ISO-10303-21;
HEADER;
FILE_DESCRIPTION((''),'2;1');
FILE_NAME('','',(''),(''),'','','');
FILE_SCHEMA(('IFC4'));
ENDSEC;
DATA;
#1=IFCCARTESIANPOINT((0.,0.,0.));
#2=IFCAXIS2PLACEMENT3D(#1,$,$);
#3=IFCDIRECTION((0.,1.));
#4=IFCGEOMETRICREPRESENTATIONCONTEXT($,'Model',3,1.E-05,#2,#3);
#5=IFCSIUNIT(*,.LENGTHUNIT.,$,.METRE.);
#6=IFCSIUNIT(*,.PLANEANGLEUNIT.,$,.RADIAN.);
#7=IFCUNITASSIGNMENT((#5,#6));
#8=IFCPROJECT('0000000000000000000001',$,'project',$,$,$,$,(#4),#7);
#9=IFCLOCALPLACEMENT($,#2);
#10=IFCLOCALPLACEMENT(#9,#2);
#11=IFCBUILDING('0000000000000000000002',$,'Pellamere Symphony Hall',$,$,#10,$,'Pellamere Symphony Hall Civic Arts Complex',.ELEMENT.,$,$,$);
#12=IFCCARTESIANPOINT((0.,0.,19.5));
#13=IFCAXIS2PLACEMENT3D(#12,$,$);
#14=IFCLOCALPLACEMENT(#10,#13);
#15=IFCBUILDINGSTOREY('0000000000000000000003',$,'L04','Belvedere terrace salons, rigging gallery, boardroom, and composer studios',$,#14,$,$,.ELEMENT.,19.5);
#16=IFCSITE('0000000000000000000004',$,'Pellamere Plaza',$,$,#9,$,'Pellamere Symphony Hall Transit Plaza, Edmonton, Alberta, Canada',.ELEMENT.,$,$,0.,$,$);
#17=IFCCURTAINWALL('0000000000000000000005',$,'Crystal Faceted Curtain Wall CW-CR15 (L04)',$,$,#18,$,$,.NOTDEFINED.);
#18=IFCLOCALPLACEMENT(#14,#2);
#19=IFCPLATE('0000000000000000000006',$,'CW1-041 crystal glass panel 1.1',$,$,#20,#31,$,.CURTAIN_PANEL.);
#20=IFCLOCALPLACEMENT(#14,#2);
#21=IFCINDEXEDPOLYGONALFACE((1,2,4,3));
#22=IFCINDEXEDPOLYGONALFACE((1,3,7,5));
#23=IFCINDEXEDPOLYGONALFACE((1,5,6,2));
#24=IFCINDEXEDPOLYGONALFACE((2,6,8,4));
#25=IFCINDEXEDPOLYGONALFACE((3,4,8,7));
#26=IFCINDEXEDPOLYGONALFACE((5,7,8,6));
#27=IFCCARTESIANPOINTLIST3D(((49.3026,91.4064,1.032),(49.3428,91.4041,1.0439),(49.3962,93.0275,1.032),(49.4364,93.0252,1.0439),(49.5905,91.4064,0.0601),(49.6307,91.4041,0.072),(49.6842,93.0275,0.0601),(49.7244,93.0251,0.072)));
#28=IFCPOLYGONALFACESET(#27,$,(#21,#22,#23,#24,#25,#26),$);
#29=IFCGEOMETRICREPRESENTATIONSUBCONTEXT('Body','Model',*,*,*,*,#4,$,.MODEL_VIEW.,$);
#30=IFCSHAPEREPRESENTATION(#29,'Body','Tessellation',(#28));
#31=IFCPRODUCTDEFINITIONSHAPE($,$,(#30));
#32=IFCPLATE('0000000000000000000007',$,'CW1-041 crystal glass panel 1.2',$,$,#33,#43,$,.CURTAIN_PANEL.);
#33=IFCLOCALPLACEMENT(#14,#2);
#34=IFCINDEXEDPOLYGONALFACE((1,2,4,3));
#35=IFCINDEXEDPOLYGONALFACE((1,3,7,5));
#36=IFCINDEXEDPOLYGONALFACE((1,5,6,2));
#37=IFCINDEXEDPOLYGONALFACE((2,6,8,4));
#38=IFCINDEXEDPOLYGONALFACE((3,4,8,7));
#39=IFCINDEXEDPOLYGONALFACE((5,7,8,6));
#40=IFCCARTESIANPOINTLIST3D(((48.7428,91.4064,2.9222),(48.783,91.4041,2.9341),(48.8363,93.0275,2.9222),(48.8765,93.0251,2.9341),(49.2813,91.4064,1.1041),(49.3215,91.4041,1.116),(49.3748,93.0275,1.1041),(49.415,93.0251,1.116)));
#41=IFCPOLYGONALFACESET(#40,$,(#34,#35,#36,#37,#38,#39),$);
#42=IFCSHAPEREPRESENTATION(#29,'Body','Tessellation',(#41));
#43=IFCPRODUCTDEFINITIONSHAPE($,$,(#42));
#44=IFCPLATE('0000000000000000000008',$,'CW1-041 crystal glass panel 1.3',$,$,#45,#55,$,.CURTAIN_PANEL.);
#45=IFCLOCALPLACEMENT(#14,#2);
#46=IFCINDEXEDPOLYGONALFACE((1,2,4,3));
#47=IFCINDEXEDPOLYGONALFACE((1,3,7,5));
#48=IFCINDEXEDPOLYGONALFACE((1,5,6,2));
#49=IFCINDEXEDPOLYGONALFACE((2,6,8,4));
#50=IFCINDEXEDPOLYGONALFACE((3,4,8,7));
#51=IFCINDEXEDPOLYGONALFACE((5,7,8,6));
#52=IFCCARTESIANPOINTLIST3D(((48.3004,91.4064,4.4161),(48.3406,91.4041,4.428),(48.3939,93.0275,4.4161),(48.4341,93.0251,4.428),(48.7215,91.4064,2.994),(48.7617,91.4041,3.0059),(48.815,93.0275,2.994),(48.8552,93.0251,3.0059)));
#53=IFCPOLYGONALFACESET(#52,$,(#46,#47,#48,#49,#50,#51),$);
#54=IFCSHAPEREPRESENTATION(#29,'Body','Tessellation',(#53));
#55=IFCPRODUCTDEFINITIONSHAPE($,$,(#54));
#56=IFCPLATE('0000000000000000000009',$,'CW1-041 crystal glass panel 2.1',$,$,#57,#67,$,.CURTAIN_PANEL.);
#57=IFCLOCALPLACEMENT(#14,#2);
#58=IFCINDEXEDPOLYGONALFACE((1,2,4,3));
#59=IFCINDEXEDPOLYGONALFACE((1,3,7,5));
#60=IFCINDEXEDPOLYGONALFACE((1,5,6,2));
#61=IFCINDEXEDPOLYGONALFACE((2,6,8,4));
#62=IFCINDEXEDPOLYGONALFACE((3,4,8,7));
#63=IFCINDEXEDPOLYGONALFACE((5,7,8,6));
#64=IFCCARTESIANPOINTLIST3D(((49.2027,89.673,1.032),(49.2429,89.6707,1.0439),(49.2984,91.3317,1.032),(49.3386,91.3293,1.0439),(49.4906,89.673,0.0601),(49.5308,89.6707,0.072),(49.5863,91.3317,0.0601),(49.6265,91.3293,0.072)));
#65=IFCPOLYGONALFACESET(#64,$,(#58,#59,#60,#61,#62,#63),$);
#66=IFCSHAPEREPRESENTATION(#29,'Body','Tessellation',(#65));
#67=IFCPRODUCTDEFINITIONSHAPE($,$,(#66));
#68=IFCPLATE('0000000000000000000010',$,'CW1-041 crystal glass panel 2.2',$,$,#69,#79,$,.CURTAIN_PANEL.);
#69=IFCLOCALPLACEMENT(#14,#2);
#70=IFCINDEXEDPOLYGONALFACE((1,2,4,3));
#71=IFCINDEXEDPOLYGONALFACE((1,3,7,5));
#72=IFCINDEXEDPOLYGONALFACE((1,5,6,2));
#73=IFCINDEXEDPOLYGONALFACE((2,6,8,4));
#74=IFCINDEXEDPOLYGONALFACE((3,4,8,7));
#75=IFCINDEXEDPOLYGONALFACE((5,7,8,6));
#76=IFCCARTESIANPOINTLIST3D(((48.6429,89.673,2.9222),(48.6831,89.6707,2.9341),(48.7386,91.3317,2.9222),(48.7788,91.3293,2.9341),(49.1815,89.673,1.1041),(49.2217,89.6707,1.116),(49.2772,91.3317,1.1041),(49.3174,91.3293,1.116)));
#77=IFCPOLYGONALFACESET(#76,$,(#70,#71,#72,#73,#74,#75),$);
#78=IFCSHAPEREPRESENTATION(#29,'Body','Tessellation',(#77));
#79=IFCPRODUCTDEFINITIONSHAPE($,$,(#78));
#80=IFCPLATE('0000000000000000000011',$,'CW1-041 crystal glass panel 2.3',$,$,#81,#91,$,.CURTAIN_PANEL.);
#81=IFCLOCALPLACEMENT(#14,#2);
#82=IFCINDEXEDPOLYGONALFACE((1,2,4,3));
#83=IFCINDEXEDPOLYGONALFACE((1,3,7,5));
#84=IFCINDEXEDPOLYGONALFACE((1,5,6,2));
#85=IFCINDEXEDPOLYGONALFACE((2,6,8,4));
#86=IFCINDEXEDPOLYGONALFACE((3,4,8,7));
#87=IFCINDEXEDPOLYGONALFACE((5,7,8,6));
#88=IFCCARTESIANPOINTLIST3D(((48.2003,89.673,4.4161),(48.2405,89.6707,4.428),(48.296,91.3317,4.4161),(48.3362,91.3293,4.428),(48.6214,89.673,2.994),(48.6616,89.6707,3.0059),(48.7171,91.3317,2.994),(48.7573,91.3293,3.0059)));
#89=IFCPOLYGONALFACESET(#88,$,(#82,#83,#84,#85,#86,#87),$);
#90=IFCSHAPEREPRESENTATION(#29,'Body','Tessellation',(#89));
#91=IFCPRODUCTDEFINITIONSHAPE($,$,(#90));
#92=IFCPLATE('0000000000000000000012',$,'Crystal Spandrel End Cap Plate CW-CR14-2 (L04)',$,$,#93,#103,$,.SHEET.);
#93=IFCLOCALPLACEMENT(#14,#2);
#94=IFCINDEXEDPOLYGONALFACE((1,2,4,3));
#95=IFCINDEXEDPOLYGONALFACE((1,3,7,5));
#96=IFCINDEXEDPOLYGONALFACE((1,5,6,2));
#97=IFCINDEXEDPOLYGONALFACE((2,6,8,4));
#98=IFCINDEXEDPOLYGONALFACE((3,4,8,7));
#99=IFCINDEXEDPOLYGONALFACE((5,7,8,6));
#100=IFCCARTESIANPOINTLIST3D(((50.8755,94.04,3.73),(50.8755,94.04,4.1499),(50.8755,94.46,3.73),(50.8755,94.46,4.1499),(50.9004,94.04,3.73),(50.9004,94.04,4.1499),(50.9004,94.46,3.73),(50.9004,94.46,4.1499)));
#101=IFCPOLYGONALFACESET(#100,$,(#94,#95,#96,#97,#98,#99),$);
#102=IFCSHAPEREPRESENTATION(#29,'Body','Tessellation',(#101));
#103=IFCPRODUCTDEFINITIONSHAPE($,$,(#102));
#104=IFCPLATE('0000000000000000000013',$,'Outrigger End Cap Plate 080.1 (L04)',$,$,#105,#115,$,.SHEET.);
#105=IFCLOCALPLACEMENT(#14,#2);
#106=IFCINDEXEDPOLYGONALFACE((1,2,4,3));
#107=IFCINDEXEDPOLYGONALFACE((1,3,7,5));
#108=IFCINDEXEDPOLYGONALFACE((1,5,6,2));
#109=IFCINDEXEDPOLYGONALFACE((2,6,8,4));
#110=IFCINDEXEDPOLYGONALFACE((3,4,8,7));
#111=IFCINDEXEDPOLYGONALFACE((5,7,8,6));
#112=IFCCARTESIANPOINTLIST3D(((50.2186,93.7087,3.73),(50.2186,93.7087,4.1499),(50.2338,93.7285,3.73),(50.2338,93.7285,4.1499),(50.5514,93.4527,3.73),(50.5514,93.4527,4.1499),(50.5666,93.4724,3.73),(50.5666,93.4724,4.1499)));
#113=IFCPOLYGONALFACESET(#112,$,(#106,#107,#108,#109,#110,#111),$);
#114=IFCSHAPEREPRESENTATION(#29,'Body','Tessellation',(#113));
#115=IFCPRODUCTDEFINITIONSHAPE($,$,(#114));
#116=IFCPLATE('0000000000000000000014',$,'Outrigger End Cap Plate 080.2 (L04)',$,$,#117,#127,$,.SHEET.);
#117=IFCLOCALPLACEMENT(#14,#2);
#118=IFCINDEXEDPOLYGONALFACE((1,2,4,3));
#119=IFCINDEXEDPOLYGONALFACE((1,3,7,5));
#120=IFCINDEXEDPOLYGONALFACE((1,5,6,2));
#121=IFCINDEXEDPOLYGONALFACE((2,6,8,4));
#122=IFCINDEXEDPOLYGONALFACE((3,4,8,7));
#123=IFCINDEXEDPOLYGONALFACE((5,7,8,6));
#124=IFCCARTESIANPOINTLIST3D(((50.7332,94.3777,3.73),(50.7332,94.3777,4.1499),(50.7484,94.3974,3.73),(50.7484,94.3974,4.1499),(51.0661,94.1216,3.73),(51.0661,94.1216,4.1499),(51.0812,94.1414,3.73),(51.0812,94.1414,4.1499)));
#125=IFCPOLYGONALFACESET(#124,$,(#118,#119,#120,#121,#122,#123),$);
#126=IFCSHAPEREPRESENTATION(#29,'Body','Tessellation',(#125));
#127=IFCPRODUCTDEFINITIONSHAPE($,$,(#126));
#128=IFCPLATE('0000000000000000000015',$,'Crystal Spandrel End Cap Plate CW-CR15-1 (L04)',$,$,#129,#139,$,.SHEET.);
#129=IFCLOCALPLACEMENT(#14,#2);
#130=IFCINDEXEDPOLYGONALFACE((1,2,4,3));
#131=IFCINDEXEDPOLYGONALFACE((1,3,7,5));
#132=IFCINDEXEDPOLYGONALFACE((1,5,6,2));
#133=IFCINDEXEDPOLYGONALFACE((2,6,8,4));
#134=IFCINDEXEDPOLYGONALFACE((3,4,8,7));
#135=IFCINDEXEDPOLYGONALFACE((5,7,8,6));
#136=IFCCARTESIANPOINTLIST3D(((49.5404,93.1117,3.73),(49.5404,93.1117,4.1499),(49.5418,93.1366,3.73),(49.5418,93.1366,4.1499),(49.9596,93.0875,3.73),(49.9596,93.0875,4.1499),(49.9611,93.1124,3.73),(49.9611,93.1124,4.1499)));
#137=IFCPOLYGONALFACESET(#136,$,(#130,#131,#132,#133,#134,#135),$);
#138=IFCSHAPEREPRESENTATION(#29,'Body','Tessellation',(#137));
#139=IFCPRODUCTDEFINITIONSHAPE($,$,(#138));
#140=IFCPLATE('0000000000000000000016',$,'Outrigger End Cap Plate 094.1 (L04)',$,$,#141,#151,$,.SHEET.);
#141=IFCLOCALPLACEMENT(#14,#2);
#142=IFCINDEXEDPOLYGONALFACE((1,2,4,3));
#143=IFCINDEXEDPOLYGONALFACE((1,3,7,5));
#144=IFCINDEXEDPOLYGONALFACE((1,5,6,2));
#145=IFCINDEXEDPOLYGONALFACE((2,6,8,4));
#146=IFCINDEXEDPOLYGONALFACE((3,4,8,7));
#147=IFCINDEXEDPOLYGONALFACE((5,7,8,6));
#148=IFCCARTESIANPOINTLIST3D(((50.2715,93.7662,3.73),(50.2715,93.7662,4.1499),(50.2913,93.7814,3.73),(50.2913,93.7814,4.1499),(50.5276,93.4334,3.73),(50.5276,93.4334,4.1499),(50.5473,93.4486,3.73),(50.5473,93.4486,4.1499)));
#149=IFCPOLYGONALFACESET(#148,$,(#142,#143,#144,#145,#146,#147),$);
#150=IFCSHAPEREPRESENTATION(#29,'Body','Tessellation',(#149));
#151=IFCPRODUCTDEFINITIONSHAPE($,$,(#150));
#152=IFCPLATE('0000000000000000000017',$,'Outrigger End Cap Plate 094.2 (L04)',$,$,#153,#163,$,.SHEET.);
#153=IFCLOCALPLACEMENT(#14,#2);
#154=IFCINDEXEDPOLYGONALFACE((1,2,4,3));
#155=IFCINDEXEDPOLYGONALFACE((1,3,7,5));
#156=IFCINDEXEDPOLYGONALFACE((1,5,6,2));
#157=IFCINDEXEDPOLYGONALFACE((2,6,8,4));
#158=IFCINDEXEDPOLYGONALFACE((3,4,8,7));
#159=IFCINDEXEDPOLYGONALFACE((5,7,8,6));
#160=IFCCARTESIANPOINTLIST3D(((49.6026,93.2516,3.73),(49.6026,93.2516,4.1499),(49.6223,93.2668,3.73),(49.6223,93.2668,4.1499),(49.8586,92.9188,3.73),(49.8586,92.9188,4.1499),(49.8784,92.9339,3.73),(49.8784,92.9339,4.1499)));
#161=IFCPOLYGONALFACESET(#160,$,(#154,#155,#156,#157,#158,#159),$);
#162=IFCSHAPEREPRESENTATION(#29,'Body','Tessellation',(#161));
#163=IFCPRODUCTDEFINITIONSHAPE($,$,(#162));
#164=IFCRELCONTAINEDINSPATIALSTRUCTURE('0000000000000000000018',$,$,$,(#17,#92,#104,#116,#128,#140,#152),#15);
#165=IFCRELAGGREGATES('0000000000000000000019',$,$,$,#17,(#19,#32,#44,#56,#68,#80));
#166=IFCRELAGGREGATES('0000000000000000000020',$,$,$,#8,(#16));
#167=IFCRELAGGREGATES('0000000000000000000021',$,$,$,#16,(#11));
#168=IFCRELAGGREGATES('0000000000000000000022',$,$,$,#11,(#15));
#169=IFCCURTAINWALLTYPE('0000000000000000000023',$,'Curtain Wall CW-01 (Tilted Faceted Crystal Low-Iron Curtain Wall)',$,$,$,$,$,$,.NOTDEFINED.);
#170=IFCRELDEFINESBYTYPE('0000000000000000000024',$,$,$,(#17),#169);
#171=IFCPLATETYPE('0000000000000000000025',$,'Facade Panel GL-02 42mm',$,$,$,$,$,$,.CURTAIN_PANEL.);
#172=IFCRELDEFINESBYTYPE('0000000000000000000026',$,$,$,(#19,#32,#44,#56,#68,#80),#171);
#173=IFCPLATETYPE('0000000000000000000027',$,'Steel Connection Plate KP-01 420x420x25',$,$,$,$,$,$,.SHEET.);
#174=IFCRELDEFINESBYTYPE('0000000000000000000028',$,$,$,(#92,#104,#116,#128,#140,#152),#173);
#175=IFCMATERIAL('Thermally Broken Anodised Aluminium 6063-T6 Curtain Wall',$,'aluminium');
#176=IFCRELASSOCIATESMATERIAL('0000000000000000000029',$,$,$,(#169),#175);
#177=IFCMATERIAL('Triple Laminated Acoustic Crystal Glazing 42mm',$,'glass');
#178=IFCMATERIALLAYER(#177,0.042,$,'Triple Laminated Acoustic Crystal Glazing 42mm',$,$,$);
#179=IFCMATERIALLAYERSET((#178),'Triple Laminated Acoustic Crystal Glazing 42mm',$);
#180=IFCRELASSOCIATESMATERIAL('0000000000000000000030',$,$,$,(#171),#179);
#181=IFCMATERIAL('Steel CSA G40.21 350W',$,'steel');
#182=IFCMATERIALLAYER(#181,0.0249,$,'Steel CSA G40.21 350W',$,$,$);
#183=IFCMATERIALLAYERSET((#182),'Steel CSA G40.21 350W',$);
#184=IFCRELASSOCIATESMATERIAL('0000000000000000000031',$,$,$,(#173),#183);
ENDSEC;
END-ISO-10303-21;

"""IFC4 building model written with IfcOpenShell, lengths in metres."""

from ifc_helpers import new_model, si_unit, direction, frame, origin, origin_2d, place, context, subcontext, project, spatial, polyline, rectangle, outline, extrude, material, layer, layer_set, type_object, element, aggregate, save


model = new_model("IFC4")

# Units and contexts
model_context = context("Model", 3, precision=1e-05, world=origin(), true_north=direction((0.0, 1.0)))
body_context = subcontext(model_context, "Body", "Model", "MODEL_VIEW")
ifc_project = project(units=[si_unit("LENGTHUNIT", "METRE"), si_unit("PLANEANGLEUNIT", "RADIAN")], contexts=[model_context])

# Site, building, storey
site_placement = place(None, origin())
site = spatial("IfcSite", under=ifc_project, at=site_placement, Name="Pellamere Plaza", LongName="Pellamere Symphony Hall Transit Plaza, Edmonton, Alberta, Canada", CompositionType="ELEMENT", RefElevation=0.0)
building_placement = place(site_placement, origin())
building = spatial("IfcBuilding", under=site, at=building_placement, Name="Pellamere Symphony Hall", LongName="Pellamere Symphony Hall Civic Arts Complex", CompositionType="ELEMENT")
storey_placement = place(building_placement, frame((0.0, 0.0, 19.5)))
storey = spatial("IfcBuildingStorey", under=building, at=storey_placement, Name="L04", Description="Belvedere terrace salons, rigging gallery, boardroom, and composer studios", CompositionType="ELEMENT", Elevation=19.5)

# Shared definitions
ifc_material_1 = material(Name="Thermally Broken Anodised Aluminium 6063-T6 Curtain Wall", Category="aluminium")
curtain_wall_type = type_object("IfcCurtainWallType", Name="Curtain Wall CW-01 (Tilted Faceted Crystal Low-Iron Curtain Wall)", PredefinedType="NOTDEFINED", material=ifc_material_1)

# Curtain wall
curtain_wall_1_placement = place(storey_placement, origin())
curtain_wall_1 = element("IfcCurtainWall", 1, at=curtain_wall_1_placement, inside=storey, type_object=curtain_wall_type, Name="Crystal Faceted Curtain Wall CW-CR15 (L04)", PredefinedType="NOTDEFINED")

# Shared definitions
ifc_material_2 = material(Name="Steel CSA G40.21 350W", Category="steel")

# Plates
ifc_material_3 = material(Name="Triple Laminated Acoustic Crystal Glazing 42mm", Category="glass")
ifc_layer_1 = layer(ifc_material_3, 0.042, Name="Triple Laminated Acoustic Crystal Glazing 42mm")
ifc_layer_set_1 = layer_set([ifc_layer_1], Name="Triple Laminated Acoustic Crystal Glazing 42mm")
plate_type_1 = type_object("IfcPlateType", Name="Facade Panel GL-02 42mm", PredefinedType="CURTAIN_PANEL", material=ifc_layer_set_1)
plate_1_placement = place(storey_placement, frame((49.7244, 93.0251, 0.072), z_axis=(0.957335, -0.055292, 0.283641), x_axis=(-0.057654, -0.998337, -0.00002)))
plate_1 = element("IfcPlate", 2, at=plate_1_placement, type_object=plate_type_1, Name="CW1-041 crystal glass panel 1.1", PredefinedType="CURTAIN_PANEL", context=body_context, shape_type="SweptSolid", body=[
    extrude(outline(polyline([(0.0, 0.0), (1.6238, 0.0), (1.6404, -1.0136), (0.0166, -1.0135), (0.0, 0.0)])), origin(), (0.0, 0.0, -1.0), 0.042),
])
plate_2_placement = place(storey_placement, frame((49.415, 93.0251, 1.116), z_axis=(0.957353, -0.055221, 0.283594), x_axis=(-0.057585, -0.998341, 0.0)))
plate_2 = element("IfcPlate", 3, at=plate_2_placement, type_object=plate_type_1, Name="CW1-041 crystal glass panel 1.2", PredefinedType="CURTAIN_PANEL", context=body_context, shape_type="SweptSolid", body=[
    extrude(outline(polyline([(0.0, 0.0), (1.6238, 0.0), (1.6548, -1.896), (0.031, -1.896), (0.0, 0.0)])), origin(), (0.0, 0.0, -1.0), 0.042),
])
plate_3_placement = place(storey_placement, frame((48.8552, 93.0251, 3.0059), z_axis=(0.957377, -0.055222, 0.283515), x_axis=(-0.057585, -0.998341, 0.0)))
plate_3 = element("IfcPlate", 4, at=plate_3_placement, type_object=plate_type_1, Name="CW1-041 crystal glass panel 1.3", PredefinedType="CURTAIN_PANEL", context=body_context, shape_type="SweptSolid", body=[
    extrude(outline(polyline([(0.0, 0.0), (1.6238, 0.0), (1.648, -1.483), (0.0243, -1.483), (0.0, 0.0)])), origin(), (0.0, 0.0, -1.0), 0.042),
])
plate_4_placement = place(storey_placement, frame((49.6265, 91.3293, 0.072), z_axis=(0.957371, -0.055238, 0.283532), x_axis=(-0.057602, -0.99834, 0.0)))
plate_4 = element("IfcPlate", 5, at=plate_4_placement, type_object=plate_type_1, Name="CW1-041 crystal glass panel 2.1", PredefinedType="CURTAIN_PANEL", context=body_context, shape_type="SweptSolid", body=[
    extrude(outline(polyline([(0.0, 0.0), (1.6615, 0.0), (1.678, -1.0135), (0.0166, -1.0135), (0.0, 0.0)])), origin(), (0.0, 0.0, -1.0), 0.042),
])
plate_5_placement = place(storey_placement, frame((49.3174, 91.3293, 1.116), z_axis=(0.957352, -0.055237, 0.283593), x_axis=(-0.057602, -0.99834, 0.0)))
plate_5 = element("IfcPlate", 6, at=plate_5_placement, type_object=plate_type_1, Name="CW1-041 crystal glass panel 2.2", PredefinedType="CURTAIN_PANEL", context=body_context, shape_type="SweptSolid", body=[
    extrude(outline(polyline([(0.0, 0.0), (1.6615, 0.0), (1.6925, -1.896), (0.031, -1.896), (0.0, 0.0)])), origin(), (0.0, 0.0, -1.0), 0.042),
])
plate_6_placement = place(storey_placement, frame((48.7573, 91.3293, 3.0059), z_axis=(0.957376, -0.055239, 0.283515), x_axis=(-0.057602, -0.99834, 0.0)))
plate_6 = element("IfcPlate", 7, at=plate_6_placement, type_object=plate_type_1, Name="CW1-041 crystal glass panel 2.3", PredefinedType="CURTAIN_PANEL", context=body_context, shape_type="SweptSolid", body=[
    extrude(outline(polyline([(0.0, 0.0), (1.6615, 0.0), (1.6857, -1.483), (0.0243, -1.483), (0.0, 0.0)])), origin(), (0.0, 0.0, -1.0), 0.042),
])
aggregate(curtain_wall_1, [plate_1, plate_2, plate_3, plate_4, plate_5, plate_6])

# Plates
ifc_layer_2 = layer(ifc_material_2, 0.0249, Name="Steel CSA G40.21 350W")
ifc_layer_set_2 = layer_set([ifc_layer_2], Name="Steel CSA G40.21 350W")
plate_type_2 = type_object("IfcPlateType", Name="Steel Connection Plate KP-01 420x420x25", PredefinedType="SHEET", material=ifc_layer_set_2)
for number, where, z_axis, x_axis, name in (
    (8, (50.8879, 94.25, 3.73), (0.0, 0.0, 1.0), (-1.0, 0.0, 0.0), "Crystal Spandrel End Cap Plate CW-CR14-2 (L04)"),
    (9, (50.3926, 93.5906, 3.73), (0.0, 0.0, 1.0), (0.60973, 0.792609, 0.0), "Outrigger End Cap Plate 080.1 (L04)"),
    (10, (50.9072, 94.2595, 3.73), (0.0, 0.0, 1.0), (0.60973, 0.792609, 0.0), "Outrigger End Cap Plate 080.2 (L04)"),
    (11, (49.7507, 93.1121, 3.73), (0.0, 0.0, 1.0), (-0.057564, -0.998342, 0.0), "Crystal Spandrel End Cap Plate CW-CR15-1 (L04)"),
    (12, (50.4094, 93.6074, 3.73), (0.0, 0.0, 1.0), (-0.792609, -0.60973, 0.0), "Outrigger End Cap Plate 094.1 (L04)"),
    (13, (49.7405, 93.0928, 3.73), (0.0, 0.0, 1.0), (-0.792609, -0.60973, 0.0), "Outrigger End Cap Plate 094.2 (L04)"),
):
    element("IfcPlate", number, at=place(storey_placement, frame(where, z_axis=z_axis, x_axis=x_axis)), inside=storey, type_object=plate_type_2, Name=name, PredefinedType="SHEET", context=body_context, shape_type="SweptSolid", body=[
        extrude(rectangle(XDim=0.0249, YDim=0.4199, at=origin_2d()), origin(), (0.0, 0.0, 1.0), 0.4199),
    ])

save(model, "model.ifc")
